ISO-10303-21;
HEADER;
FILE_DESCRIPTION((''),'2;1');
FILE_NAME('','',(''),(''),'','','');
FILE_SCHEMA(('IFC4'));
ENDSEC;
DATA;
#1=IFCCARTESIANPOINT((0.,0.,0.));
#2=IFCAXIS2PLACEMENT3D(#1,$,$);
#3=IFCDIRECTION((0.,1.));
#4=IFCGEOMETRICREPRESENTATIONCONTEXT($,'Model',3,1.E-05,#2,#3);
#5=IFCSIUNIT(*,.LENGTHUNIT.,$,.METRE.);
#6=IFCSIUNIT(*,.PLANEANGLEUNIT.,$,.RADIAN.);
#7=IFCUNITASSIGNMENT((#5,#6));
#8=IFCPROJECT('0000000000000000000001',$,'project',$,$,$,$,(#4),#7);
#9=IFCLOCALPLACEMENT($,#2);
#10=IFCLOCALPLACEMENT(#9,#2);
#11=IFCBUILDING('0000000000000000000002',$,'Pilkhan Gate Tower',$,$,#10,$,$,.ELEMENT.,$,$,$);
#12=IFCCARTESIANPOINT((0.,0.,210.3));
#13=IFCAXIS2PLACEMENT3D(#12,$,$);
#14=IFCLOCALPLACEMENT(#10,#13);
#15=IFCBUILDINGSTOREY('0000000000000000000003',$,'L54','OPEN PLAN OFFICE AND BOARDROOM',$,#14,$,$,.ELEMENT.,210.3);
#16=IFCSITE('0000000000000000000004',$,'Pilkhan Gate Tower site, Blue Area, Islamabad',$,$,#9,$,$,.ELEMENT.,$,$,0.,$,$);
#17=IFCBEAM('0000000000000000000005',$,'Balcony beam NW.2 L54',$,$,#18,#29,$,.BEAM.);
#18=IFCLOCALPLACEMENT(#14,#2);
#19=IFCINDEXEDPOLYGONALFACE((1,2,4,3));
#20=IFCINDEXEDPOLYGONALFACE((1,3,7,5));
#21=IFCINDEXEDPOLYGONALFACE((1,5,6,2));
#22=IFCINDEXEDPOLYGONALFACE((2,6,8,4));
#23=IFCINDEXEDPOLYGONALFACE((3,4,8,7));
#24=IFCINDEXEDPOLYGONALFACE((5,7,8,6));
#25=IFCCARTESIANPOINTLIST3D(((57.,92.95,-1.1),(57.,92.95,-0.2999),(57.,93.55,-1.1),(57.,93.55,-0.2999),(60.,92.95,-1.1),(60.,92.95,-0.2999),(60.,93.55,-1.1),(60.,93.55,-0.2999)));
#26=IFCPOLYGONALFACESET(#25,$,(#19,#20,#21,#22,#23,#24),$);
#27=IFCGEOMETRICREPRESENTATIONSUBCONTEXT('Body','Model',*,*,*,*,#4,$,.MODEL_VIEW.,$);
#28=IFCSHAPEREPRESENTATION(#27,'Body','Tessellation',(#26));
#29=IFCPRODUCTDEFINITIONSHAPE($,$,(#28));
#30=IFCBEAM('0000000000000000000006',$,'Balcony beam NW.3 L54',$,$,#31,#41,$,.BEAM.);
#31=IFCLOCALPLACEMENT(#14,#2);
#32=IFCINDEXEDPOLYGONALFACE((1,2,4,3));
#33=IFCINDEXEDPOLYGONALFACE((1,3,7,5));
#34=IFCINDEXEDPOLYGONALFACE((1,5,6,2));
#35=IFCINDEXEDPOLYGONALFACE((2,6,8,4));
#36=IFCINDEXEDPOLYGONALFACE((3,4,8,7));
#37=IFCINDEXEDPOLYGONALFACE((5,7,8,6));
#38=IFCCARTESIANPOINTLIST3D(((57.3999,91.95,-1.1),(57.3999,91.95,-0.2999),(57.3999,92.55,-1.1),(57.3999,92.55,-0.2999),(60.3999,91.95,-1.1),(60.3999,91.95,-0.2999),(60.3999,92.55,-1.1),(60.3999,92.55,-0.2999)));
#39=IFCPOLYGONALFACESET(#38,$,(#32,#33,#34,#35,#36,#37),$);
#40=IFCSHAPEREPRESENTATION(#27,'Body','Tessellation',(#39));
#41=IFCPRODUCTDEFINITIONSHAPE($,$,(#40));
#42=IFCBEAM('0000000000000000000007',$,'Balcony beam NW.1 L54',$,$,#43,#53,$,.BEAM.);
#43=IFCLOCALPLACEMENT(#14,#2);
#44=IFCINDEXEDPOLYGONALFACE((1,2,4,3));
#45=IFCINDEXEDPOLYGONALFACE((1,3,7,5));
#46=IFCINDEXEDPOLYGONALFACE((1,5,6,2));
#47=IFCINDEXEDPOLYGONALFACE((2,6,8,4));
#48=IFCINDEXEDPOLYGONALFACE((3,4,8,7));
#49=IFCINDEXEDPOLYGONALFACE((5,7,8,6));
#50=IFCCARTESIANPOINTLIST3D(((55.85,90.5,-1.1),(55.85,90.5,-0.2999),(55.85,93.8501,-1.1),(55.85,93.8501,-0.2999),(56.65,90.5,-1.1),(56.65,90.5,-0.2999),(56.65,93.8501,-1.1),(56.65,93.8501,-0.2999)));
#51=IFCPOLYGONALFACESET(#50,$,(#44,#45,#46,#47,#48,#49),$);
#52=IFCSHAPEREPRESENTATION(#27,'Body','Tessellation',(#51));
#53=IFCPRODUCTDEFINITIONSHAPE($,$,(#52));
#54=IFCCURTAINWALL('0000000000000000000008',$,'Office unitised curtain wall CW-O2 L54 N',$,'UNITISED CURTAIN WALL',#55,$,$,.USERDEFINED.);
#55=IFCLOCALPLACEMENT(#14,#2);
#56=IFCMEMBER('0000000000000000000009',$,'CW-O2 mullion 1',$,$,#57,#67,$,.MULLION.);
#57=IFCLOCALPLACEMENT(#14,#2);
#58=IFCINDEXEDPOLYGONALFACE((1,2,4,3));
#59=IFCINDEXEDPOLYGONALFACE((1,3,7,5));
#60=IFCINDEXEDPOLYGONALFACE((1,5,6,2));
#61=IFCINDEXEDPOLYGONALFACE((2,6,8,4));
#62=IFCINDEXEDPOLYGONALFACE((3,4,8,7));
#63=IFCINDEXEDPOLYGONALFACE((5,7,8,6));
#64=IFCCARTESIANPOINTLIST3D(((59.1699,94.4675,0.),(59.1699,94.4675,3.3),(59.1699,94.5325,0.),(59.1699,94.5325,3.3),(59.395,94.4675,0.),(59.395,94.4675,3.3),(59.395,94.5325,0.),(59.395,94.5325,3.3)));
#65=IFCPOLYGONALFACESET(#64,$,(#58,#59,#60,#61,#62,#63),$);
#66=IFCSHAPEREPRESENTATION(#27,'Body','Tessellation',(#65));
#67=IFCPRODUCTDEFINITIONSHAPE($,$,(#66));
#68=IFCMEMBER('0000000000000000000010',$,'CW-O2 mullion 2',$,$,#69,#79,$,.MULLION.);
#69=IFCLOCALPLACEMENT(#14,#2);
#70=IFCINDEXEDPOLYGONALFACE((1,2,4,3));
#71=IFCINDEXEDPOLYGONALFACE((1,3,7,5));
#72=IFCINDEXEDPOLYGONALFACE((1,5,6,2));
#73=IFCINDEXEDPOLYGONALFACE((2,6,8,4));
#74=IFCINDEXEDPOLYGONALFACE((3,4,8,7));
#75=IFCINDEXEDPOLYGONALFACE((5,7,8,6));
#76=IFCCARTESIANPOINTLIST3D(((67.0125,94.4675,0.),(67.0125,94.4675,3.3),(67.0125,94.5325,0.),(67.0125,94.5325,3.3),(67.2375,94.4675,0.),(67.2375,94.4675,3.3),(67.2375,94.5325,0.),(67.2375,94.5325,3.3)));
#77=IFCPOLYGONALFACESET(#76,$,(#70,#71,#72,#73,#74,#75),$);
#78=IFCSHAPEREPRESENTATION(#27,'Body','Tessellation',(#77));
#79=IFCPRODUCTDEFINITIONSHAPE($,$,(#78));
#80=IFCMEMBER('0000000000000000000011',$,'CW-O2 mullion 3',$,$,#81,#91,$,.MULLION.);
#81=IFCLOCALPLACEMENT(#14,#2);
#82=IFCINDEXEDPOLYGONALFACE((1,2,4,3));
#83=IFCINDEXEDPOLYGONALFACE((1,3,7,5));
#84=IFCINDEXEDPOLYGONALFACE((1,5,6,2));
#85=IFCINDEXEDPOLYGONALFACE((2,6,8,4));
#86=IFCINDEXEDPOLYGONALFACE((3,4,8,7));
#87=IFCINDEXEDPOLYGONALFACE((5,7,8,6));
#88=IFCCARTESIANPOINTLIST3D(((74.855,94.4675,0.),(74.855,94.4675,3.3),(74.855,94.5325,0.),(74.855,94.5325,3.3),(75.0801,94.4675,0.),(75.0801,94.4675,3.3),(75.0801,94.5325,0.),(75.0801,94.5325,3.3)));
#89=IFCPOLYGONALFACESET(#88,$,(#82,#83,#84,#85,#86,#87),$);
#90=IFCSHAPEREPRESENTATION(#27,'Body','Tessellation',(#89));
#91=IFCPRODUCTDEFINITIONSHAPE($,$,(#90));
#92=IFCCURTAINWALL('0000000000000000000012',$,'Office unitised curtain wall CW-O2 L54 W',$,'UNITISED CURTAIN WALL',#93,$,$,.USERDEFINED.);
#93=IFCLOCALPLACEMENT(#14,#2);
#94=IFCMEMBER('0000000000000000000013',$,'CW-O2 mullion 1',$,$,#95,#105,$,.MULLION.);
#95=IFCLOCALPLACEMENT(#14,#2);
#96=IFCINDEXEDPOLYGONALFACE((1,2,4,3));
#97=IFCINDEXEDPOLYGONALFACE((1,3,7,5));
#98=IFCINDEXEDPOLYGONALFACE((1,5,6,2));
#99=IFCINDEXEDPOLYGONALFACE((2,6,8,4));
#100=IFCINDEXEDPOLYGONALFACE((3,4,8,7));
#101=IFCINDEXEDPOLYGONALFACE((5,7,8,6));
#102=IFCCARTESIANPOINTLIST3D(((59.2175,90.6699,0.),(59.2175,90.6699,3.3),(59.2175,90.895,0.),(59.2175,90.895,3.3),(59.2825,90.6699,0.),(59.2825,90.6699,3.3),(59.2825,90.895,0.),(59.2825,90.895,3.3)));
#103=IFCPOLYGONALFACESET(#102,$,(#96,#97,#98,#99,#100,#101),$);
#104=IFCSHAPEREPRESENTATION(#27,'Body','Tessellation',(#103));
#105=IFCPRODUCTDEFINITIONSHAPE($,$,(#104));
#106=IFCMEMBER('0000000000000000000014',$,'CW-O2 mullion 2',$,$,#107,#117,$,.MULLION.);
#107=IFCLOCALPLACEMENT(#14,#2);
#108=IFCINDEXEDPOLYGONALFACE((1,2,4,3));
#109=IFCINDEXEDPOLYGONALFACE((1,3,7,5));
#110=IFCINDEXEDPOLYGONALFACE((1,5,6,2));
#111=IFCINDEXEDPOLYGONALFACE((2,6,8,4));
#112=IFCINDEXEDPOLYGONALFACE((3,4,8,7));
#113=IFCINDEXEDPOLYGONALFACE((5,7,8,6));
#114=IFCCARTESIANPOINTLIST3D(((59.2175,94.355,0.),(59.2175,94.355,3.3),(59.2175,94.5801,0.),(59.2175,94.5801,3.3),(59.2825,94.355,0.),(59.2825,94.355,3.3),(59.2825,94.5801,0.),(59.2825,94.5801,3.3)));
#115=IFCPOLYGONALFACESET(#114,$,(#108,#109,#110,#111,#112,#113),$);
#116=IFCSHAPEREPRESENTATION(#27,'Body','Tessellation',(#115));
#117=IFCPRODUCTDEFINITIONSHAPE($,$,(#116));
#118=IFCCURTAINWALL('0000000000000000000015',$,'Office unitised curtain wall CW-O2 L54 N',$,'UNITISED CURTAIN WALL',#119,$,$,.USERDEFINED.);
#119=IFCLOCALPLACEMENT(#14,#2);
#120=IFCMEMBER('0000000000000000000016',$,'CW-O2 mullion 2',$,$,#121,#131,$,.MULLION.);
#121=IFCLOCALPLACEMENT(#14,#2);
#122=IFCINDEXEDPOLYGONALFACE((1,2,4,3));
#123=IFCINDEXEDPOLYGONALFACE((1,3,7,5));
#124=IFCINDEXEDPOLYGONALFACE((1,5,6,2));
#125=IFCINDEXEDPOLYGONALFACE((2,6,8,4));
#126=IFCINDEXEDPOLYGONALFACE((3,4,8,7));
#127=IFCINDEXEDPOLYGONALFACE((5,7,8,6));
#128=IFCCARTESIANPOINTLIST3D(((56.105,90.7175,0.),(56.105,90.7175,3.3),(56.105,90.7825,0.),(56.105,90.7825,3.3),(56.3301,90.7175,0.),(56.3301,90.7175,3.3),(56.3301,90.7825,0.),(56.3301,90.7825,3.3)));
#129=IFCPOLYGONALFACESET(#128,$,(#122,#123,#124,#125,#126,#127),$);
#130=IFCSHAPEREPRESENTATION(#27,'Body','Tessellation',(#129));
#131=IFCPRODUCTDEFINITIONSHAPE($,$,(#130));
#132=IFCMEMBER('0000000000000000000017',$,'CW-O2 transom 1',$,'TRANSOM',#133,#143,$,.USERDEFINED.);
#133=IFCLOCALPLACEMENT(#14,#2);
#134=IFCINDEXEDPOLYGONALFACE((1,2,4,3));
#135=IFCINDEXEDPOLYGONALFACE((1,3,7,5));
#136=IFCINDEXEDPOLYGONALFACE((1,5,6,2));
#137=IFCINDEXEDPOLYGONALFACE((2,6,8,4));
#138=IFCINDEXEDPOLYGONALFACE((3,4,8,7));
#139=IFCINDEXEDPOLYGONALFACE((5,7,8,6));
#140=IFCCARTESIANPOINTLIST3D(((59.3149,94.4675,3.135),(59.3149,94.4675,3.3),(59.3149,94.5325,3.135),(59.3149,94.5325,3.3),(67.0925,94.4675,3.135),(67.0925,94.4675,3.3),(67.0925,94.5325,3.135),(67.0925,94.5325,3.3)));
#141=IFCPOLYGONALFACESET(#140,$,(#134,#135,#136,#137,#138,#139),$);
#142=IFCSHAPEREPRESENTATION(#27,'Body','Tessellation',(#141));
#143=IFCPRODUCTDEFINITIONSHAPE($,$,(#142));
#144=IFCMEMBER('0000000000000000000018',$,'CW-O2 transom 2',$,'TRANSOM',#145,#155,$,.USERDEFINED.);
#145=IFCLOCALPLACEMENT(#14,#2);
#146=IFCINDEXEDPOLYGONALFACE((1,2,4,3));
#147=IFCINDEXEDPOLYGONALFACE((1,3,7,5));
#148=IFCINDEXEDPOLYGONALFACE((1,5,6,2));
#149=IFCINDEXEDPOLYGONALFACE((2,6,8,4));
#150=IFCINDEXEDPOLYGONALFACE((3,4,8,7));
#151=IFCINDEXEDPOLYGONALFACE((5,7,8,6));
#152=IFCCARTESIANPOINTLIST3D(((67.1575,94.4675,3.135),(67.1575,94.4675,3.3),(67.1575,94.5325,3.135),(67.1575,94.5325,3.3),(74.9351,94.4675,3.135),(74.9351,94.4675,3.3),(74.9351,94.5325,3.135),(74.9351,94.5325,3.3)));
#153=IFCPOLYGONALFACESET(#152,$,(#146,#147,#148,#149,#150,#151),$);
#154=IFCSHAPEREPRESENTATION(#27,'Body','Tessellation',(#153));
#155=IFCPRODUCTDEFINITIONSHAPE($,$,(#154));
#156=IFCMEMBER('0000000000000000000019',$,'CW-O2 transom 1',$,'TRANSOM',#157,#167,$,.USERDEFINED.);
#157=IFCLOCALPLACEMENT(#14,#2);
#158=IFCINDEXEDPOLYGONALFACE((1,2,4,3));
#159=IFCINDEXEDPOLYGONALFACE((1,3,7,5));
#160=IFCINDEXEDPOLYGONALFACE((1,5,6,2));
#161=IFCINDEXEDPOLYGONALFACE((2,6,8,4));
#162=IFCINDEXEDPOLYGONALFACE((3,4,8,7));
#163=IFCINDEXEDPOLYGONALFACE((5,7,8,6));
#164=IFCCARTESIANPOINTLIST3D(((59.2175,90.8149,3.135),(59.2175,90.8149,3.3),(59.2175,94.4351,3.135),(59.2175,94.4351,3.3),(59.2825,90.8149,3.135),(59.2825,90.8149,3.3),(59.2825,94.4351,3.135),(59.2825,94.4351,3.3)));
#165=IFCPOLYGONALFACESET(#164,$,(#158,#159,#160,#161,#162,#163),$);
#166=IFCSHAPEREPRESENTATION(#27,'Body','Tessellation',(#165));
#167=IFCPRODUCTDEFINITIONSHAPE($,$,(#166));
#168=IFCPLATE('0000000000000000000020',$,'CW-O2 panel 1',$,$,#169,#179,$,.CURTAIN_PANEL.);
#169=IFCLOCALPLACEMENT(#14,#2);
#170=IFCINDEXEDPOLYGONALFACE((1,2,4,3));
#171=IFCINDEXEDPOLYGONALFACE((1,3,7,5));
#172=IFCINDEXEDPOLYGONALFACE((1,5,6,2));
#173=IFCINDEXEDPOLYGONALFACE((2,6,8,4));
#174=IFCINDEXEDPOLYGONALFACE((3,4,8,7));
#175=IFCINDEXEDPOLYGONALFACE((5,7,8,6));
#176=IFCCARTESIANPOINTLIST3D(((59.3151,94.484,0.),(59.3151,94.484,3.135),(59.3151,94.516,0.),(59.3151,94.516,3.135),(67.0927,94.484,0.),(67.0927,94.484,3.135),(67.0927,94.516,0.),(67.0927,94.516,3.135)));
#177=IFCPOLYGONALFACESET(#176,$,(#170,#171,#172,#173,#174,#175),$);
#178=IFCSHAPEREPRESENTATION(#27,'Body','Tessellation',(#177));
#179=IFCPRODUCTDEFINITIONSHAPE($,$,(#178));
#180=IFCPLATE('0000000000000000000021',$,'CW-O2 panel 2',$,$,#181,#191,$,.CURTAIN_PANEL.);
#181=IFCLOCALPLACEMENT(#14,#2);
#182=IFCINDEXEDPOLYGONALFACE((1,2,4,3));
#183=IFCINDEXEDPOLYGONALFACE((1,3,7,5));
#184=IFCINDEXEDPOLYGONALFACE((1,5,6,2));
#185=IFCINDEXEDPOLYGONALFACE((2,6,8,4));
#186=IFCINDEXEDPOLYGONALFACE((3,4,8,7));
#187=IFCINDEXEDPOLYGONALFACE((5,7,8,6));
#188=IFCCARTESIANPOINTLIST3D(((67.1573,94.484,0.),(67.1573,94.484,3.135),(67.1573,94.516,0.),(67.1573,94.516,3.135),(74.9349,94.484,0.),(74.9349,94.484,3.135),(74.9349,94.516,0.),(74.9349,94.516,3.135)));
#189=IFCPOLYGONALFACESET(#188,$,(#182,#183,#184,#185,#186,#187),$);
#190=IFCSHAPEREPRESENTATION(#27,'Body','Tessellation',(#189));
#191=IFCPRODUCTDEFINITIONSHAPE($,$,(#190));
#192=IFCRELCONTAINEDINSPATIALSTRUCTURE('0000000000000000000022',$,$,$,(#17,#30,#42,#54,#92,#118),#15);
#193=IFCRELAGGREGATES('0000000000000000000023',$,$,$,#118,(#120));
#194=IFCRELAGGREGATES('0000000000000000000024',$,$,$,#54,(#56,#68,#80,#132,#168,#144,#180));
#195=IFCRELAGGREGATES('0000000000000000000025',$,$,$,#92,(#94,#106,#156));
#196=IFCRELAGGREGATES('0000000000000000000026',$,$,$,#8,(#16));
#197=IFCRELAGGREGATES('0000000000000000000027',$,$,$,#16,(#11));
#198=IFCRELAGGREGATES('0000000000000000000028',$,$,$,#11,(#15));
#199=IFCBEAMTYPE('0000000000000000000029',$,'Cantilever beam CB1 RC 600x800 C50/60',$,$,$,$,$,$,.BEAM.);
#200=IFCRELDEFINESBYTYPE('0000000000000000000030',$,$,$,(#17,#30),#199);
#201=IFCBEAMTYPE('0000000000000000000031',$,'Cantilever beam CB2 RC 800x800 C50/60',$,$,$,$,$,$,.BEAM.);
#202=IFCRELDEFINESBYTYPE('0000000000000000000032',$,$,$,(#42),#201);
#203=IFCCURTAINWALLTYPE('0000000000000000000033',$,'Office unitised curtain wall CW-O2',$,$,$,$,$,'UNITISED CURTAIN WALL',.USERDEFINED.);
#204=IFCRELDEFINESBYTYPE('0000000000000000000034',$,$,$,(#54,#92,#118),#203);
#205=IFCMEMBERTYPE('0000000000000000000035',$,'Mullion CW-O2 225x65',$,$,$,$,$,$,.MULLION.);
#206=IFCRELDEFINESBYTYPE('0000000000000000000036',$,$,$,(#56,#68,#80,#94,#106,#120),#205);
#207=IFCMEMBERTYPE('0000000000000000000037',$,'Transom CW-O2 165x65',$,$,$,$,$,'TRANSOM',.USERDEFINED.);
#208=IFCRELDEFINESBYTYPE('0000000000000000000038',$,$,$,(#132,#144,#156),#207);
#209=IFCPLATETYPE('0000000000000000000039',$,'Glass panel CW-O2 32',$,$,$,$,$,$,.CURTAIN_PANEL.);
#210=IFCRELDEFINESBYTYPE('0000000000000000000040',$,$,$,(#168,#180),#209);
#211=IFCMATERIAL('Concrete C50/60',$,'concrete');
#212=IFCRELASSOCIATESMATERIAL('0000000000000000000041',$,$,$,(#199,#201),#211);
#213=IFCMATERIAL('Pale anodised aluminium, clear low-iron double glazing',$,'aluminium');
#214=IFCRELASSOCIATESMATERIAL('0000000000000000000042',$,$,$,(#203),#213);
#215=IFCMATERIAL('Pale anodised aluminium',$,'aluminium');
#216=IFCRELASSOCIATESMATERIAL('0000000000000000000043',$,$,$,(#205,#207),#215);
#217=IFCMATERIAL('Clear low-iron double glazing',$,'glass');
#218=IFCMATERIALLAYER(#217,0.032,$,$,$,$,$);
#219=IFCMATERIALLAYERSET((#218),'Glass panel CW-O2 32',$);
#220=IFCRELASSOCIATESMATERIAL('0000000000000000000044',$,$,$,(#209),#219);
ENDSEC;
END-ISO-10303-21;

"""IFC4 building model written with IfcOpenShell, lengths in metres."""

from ifc_helpers import new_model, si_unit, direction, frame, origin, origin_2d, place, context, subcontext, project, spatial, rectangle, extrude, material, layer, layer_set, material_profile, profile_set, type_object, element, aggregate, save


model = new_model("IFC4")

# Units and contexts
model_context = context("Model", 3, precision=1e-05, world=origin(), true_north=direction((0.0, 1.0)))
body_context = subcontext(model_context, "Body", "Model", "MODEL_VIEW")
ifc_project = project(units=[si_unit("LENGTHUNIT", "METRE"), si_unit("PLANEANGLEUNIT", "RADIAN")], contexts=[model_context])

# Site, building, storey
site_placement = place(None, origin())
site = spatial("IfcSite", under=ifc_project, at=site_placement, Name="Pilkhan Gate Tower site, Blue Area, Islamabad", CompositionType="ELEMENT", RefElevation=0.0)
building_placement = place(site_placement, origin())
building = spatial("IfcBuilding", under=site, at=building_placement, Name="Pilkhan Gate Tower", CompositionType="ELEMENT")
storey_placement = place(building_placement, frame((0.0, 0.0, 210.3)))
storey = spatial("IfcBuildingStorey", under=building, at=storey_placement, Name="L54", Description="OPEN PLAN OFFICE AND BOARDROOM", CompositionType="ELEMENT", Elevation=210.3)

# Beams
ifc_material_1 = material(Name="Concrete C50/60", Category="concrete")
ifc_material_profile_1 = material_profile(ifc_material_1, rectangle(XDim=0.6001, YDim=0.8, at=origin_2d()), Name="RC 600x800")
ifc_profile_set_1 = profile_set([ifc_material_profile_1], Name="Concrete C50/60")
beam_type_1 = type_object("IfcBeamType", Name="Cantilever beam CB1 RC 600x800 C50/60", PredefinedType="BEAM", material=ifc_profile_set_1)
for number, where, z_axis, x_axis, name in (
    (1, (60.0, 93.25, -0.7), (-1.0, 0.0, 0.0), (0.0, -1.0, 0.0), "Balcony beam NW.2 L54"),
    (2, (60.3999, 92.25, -0.7), (-1.0, 0.0, 0.0), (0.0, -1.0, 0.0), "Balcony beam NW.3 L54"),
):
    element("IfcBeam", number, at=place(storey_placement, frame(where, z_axis=z_axis, x_axis=x_axis)), inside=storey, type_object=beam_type_1, Name=name, PredefinedType="BEAM", context=body_context, shape_type="SweptSolid", body=[
        extrude(rectangle(XDim=0.6001, YDim=0.8, at=origin_2d()), origin(), (0.0, 0.0, 1.0), 3.0),
    ])
ifc_material_profile_2 = material_profile(ifc_material_1, rectangle(XDim=0.8, YDim=0.8, at=origin_2d()), Name="RC 800x800")
ifc_profile_set_2 = profile_set([ifc_material_profile_2], Name="Concrete C50/60")
beam_type_2 = type_object("IfcBeamType", Name="Cantilever beam CB2 RC 800x800 C50/60", PredefinedType="BEAM", material=ifc_profile_set_2)
beam_placement = place(storey_placement, frame((56.25, 90.5, -0.7), z_axis=(0.0, 1.0, 0.0), x_axis=(-1.0, 0.0, 0.0)))
element("IfcBeam", 3, at=beam_placement, inside=storey, type_object=beam_type_2, Name="Balcony beam NW.1 L54", PredefinedType="BEAM", context=body_context, shape_type="SweptSolid", body=[
    extrude(rectangle(XDim=0.8, YDim=0.8, at=origin_2d()), origin(), (0.0, 0.0, 1.0), 3.3501),
])

# Curtain walls, members
ifc_material_2 = material(Name="Pale anodised aluminium, clear low-iron double glazing", Category="aluminium")
curtain_wall_type = type_object("IfcCurtainWallType", Name="Office unitised curtain wall CW-O2", ElementType="UNITISED CURTAIN WALL", PredefinedType="USERDEFINED", material=ifc_material_2)
curtain_wall_1_placement = place(storey_placement, origin())
curtain_wall_1 = element("IfcCurtainWall", 4, at=curtain_wall_1_placement, inside=storey, type_object=curtain_wall_type, Name="Office unitised curtain wall CW-O2 L54 N", ObjectType="UNITISED CURTAIN WALL", PredefinedType="USERDEFINED")
ifc_material_3 = material(Name="Pale anodised aluminium", Category="aluminium")
ifc_material_profile_3 = material_profile(ifc_material_3, rectangle(XDim=0.0649, YDim=0.2251, at=origin_2d()), Name="Mullion 225x65")
ifc_profile_set_3 = profile_set([ifc_material_profile_3], Name="Pale anodised aluminium")
member_type_1 = type_object("IfcMemberType", Name="Mullion CW-O2 225x65", PredefinedType="MULLION", material=ifc_profile_set_3)
member_1_placement = place(storey_placement, frame((59.2825, 94.5, 0.0), z_axis=(0.0, 0.0, 1.0), x_axis=(0.0, 1.0, 0.0)))
member_1 = element("IfcMember", 5, at=member_1_placement, type_object=member_type_1, Name="CW-O2 mullion 1", PredefinedType="MULLION", context=body_context, shape_type="SweptSolid", body=[
    extrude(rectangle(XDim=0.0649, YDim=0.2251, at=origin_2d()), origin(), (0.0, 0.0, 1.0), 3.3),
])
member_2_placement = place(storey_placement, frame((67.125, 94.5, 0.0), z_axis=(0.0, 0.0, 1.0), x_axis=(0.0, 1.0, 0.0)))
member_2 = element("IfcMember", 6, at=member_2_placement, type_object=member_type_1, Name="CW-O2 mullion 2", PredefinedType="MULLION", context=body_context, shape_type="SweptSolid", body=[
    extrude(rectangle(XDim=0.0649, YDim=0.2251, at=origin_2d()), origin(), (0.0, 0.0, 1.0), 3.3),
])
member_3_placement = place(storey_placement, frame((74.9675, 94.5, 0.0), z_axis=(0.0, 0.0, 1.0), x_axis=(0.0, 1.0, 0.0)))
member_3 = element("IfcMember", 7, at=member_3_placement, type_object=member_type_1, Name="CW-O2 mullion 3", PredefinedType="MULLION", context=body_context, shape_type="SweptSolid", body=[
    extrude(rectangle(XDim=0.0649, YDim=0.2251, at=origin_2d()), origin(), (0.0, 0.0, 1.0), 3.3),
])
curtain_wall_2_placement = place(storey_placement, origin())
curtain_wall_2 = element("IfcCurtainWall", 8, at=curtain_wall_2_placement, inside=storey, type_object=curtain_wall_type, Name="Office unitised curtain wall CW-O2 L54 W", ObjectType="UNITISED CURTAIN WALL", PredefinedType="USERDEFINED")
member_4_placement = place(storey_placement, frame((59.25, 90.7825, 0.0), z_axis=(0.0, 0.0, 1.0), x_axis=(-1.0, 0.0, 0.0)))
member_4 = element("IfcMember", 9, at=member_4_placement, type_object=member_type_1, Name="CW-O2 mullion 1", PredefinedType="MULLION", context=body_context, shape_type="SweptSolid", body=[
    extrude(rectangle(XDim=0.0649, YDim=0.2251, at=origin_2d()), origin(), (0.0, 0.0, 1.0), 3.3),
])
member_5_placement = place(storey_placement, frame((59.25, 94.4675, 0.0), z_axis=(0.0, 0.0, 1.0), x_axis=(-1.0, 0.0, 0.0)))
member_5 = element("IfcMember", 10, at=member_5_placement, type_object=member_type_1, Name="CW-O2 mullion 2", PredefinedType="MULLION", context=body_context, shape_type="SweptSolid", body=[
    extrude(rectangle(XDim=0.0649, YDim=0.2251, at=origin_2d()), origin(), (0.0, 0.0, 1.0), 3.3),
])

# Curtain wall, member
curtain_wall_3_placement = place(storey_placement, origin())
curtain_wall_3 = element("IfcCurtainWall", 11, at=curtain_wall_3_placement, inside=storey, type_object=curtain_wall_type, Name="Office unitised curtain wall CW-O2 L54 N", ObjectType="UNITISED CURTAIN WALL", PredefinedType="USERDEFINED")
member_6_placement = place(storey_placement, frame((56.2175, 90.75, 0.0), z_axis=(0.0, 0.0, 1.0), x_axis=(0.0, 1.0, 0.0)))
member_6 = element("IfcMember", 12, at=member_6_placement, type_object=member_type_1, Name="CW-O2 mullion 2", PredefinedType="MULLION", context=body_context, shape_type="SweptSolid", body=[
    extrude(rectangle(XDim=0.0649, YDim=0.2251, at=origin_2d()), origin(), (0.0, 0.0, 1.0), 3.3),
])
aggregate(curtain_wall_3, [member_6])

# Members
ifc_material_profile_4 = material_profile(ifc_material_3, rectangle(XDim=0.0649, YDim=0.165, at=origin_2d()), Name="Transom 165x65")
ifc_profile_set_4 = profile_set([ifc_material_profile_4], Name="Pale anodised aluminium")
member_type_2 = type_object("IfcMemberType", Name="Transom CW-O2 165x65", ElementType="TRANSOM", PredefinedType="USERDEFINED", material=ifc_profile_set_4)
member_7_placement = place(storey_placement, frame((59.3149, 94.5, 3.2175), z_axis=(1.0, 0.0, 0.0), x_axis=(0.0, 1.0, 0.0)))
member_7 = element("IfcMember", 13, at=member_7_placement, type_object=member_type_2, Name="CW-O2 transom 1", ObjectType="TRANSOM", PredefinedType="USERDEFINED", context=body_context, shape_type="SweptSolid", body=[
    extrude(rectangle(XDim=0.0649, YDim=0.165, at=origin_2d()), origin(), (0.0, 0.0, 1.0), 7.7776),
])
member_8_placement = place(storey_placement, frame((67.1575, 94.5, 3.2175), z_axis=(1.0, 0.0, 0.0), x_axis=(0.0, 1.0, 0.0)))
member_8 = element("IfcMember", 14, at=member_8_placement, type_object=member_type_2, Name="CW-O2 transom 2", ObjectType="TRANSOM", PredefinedType="USERDEFINED", context=body_context, shape_type="SweptSolid", body=[
    extrude(rectangle(XDim=0.0649, YDim=0.165, at=origin_2d()), origin(), (0.0, 0.0, 1.0), 7.7776),
])
member_9_placement = place(storey_placement, frame((59.25, 90.8149, 3.2175), z_axis=(0.0, 1.0, 0.0), x_axis=(-1.0, 0.0, 0.0)))
member_9 = element("IfcMember", 15, at=member_9_placement, type_object=member_type_2, Name="CW-O2 transom 1", ObjectType="TRANSOM", PredefinedType="USERDEFINED", context=body_context, shape_type="SweptSolid", body=[
    extrude(rectangle(XDim=0.0649, YDim=0.165, at=origin_2d()), origin(), (0.0, 0.0, 1.0), 3.6201),
])

# Plates
ifc_material_4 = material(Name="Clear low-iron double glazing", Category="glass")
ifc_layer_1 = layer(ifc_material_4, 0.032)
ifc_layer_set_1 = layer_set([ifc_layer_1], Name="Glass panel CW-O2 32")
plate_type = type_object("IfcPlateType", Name="Glass panel CW-O2 32", PredefinedType="CURTAIN_PANEL", material=ifc_layer_set_1)
plate_1_placement = place(storey_placement, frame((63.2039, 94.5, 0.0), z_axis=(0.0, 0.0, 1.0), x_axis=(1.0, 0.0, 0.0)))
plate_1 = element("IfcPlate", 16, at=plate_1_placement, type_object=plate_type, Name="CW-O2 panel 1", PredefinedType="CURTAIN_PANEL", context=body_context, shape_type="SweptSolid", body=[
    extrude(rectangle(XDim=7.7776, YDim=0.032, at=origin_2d()), origin(), (0.0, 0.0, 1.0), 3.135),
])
plate_2_placement = place(storey_placement, frame((71.0461, 94.5, 0.0), z_axis=(0.0, 0.0, 1.0), x_axis=(1.0, 0.0, 0.0)))
plate_2 = element("IfcPlate", 17, at=plate_2_placement, type_object=plate_type, Name="CW-O2 panel 2", PredefinedType="CURTAIN_PANEL", context=body_context, shape_type="SweptSolid", body=[
    extrude(rectangle(XDim=7.7776, YDim=0.032, at=origin_2d()), origin(), (0.0, 0.0, 1.0), 3.135),
])
aggregate(curtain_wall_1, [member_1, member_2, member_3, member_7, plate_1, member_8, plate_2])
aggregate(curtain_wall_2, [member_4, member_5, member_9])

save(model, "model.ifc")
